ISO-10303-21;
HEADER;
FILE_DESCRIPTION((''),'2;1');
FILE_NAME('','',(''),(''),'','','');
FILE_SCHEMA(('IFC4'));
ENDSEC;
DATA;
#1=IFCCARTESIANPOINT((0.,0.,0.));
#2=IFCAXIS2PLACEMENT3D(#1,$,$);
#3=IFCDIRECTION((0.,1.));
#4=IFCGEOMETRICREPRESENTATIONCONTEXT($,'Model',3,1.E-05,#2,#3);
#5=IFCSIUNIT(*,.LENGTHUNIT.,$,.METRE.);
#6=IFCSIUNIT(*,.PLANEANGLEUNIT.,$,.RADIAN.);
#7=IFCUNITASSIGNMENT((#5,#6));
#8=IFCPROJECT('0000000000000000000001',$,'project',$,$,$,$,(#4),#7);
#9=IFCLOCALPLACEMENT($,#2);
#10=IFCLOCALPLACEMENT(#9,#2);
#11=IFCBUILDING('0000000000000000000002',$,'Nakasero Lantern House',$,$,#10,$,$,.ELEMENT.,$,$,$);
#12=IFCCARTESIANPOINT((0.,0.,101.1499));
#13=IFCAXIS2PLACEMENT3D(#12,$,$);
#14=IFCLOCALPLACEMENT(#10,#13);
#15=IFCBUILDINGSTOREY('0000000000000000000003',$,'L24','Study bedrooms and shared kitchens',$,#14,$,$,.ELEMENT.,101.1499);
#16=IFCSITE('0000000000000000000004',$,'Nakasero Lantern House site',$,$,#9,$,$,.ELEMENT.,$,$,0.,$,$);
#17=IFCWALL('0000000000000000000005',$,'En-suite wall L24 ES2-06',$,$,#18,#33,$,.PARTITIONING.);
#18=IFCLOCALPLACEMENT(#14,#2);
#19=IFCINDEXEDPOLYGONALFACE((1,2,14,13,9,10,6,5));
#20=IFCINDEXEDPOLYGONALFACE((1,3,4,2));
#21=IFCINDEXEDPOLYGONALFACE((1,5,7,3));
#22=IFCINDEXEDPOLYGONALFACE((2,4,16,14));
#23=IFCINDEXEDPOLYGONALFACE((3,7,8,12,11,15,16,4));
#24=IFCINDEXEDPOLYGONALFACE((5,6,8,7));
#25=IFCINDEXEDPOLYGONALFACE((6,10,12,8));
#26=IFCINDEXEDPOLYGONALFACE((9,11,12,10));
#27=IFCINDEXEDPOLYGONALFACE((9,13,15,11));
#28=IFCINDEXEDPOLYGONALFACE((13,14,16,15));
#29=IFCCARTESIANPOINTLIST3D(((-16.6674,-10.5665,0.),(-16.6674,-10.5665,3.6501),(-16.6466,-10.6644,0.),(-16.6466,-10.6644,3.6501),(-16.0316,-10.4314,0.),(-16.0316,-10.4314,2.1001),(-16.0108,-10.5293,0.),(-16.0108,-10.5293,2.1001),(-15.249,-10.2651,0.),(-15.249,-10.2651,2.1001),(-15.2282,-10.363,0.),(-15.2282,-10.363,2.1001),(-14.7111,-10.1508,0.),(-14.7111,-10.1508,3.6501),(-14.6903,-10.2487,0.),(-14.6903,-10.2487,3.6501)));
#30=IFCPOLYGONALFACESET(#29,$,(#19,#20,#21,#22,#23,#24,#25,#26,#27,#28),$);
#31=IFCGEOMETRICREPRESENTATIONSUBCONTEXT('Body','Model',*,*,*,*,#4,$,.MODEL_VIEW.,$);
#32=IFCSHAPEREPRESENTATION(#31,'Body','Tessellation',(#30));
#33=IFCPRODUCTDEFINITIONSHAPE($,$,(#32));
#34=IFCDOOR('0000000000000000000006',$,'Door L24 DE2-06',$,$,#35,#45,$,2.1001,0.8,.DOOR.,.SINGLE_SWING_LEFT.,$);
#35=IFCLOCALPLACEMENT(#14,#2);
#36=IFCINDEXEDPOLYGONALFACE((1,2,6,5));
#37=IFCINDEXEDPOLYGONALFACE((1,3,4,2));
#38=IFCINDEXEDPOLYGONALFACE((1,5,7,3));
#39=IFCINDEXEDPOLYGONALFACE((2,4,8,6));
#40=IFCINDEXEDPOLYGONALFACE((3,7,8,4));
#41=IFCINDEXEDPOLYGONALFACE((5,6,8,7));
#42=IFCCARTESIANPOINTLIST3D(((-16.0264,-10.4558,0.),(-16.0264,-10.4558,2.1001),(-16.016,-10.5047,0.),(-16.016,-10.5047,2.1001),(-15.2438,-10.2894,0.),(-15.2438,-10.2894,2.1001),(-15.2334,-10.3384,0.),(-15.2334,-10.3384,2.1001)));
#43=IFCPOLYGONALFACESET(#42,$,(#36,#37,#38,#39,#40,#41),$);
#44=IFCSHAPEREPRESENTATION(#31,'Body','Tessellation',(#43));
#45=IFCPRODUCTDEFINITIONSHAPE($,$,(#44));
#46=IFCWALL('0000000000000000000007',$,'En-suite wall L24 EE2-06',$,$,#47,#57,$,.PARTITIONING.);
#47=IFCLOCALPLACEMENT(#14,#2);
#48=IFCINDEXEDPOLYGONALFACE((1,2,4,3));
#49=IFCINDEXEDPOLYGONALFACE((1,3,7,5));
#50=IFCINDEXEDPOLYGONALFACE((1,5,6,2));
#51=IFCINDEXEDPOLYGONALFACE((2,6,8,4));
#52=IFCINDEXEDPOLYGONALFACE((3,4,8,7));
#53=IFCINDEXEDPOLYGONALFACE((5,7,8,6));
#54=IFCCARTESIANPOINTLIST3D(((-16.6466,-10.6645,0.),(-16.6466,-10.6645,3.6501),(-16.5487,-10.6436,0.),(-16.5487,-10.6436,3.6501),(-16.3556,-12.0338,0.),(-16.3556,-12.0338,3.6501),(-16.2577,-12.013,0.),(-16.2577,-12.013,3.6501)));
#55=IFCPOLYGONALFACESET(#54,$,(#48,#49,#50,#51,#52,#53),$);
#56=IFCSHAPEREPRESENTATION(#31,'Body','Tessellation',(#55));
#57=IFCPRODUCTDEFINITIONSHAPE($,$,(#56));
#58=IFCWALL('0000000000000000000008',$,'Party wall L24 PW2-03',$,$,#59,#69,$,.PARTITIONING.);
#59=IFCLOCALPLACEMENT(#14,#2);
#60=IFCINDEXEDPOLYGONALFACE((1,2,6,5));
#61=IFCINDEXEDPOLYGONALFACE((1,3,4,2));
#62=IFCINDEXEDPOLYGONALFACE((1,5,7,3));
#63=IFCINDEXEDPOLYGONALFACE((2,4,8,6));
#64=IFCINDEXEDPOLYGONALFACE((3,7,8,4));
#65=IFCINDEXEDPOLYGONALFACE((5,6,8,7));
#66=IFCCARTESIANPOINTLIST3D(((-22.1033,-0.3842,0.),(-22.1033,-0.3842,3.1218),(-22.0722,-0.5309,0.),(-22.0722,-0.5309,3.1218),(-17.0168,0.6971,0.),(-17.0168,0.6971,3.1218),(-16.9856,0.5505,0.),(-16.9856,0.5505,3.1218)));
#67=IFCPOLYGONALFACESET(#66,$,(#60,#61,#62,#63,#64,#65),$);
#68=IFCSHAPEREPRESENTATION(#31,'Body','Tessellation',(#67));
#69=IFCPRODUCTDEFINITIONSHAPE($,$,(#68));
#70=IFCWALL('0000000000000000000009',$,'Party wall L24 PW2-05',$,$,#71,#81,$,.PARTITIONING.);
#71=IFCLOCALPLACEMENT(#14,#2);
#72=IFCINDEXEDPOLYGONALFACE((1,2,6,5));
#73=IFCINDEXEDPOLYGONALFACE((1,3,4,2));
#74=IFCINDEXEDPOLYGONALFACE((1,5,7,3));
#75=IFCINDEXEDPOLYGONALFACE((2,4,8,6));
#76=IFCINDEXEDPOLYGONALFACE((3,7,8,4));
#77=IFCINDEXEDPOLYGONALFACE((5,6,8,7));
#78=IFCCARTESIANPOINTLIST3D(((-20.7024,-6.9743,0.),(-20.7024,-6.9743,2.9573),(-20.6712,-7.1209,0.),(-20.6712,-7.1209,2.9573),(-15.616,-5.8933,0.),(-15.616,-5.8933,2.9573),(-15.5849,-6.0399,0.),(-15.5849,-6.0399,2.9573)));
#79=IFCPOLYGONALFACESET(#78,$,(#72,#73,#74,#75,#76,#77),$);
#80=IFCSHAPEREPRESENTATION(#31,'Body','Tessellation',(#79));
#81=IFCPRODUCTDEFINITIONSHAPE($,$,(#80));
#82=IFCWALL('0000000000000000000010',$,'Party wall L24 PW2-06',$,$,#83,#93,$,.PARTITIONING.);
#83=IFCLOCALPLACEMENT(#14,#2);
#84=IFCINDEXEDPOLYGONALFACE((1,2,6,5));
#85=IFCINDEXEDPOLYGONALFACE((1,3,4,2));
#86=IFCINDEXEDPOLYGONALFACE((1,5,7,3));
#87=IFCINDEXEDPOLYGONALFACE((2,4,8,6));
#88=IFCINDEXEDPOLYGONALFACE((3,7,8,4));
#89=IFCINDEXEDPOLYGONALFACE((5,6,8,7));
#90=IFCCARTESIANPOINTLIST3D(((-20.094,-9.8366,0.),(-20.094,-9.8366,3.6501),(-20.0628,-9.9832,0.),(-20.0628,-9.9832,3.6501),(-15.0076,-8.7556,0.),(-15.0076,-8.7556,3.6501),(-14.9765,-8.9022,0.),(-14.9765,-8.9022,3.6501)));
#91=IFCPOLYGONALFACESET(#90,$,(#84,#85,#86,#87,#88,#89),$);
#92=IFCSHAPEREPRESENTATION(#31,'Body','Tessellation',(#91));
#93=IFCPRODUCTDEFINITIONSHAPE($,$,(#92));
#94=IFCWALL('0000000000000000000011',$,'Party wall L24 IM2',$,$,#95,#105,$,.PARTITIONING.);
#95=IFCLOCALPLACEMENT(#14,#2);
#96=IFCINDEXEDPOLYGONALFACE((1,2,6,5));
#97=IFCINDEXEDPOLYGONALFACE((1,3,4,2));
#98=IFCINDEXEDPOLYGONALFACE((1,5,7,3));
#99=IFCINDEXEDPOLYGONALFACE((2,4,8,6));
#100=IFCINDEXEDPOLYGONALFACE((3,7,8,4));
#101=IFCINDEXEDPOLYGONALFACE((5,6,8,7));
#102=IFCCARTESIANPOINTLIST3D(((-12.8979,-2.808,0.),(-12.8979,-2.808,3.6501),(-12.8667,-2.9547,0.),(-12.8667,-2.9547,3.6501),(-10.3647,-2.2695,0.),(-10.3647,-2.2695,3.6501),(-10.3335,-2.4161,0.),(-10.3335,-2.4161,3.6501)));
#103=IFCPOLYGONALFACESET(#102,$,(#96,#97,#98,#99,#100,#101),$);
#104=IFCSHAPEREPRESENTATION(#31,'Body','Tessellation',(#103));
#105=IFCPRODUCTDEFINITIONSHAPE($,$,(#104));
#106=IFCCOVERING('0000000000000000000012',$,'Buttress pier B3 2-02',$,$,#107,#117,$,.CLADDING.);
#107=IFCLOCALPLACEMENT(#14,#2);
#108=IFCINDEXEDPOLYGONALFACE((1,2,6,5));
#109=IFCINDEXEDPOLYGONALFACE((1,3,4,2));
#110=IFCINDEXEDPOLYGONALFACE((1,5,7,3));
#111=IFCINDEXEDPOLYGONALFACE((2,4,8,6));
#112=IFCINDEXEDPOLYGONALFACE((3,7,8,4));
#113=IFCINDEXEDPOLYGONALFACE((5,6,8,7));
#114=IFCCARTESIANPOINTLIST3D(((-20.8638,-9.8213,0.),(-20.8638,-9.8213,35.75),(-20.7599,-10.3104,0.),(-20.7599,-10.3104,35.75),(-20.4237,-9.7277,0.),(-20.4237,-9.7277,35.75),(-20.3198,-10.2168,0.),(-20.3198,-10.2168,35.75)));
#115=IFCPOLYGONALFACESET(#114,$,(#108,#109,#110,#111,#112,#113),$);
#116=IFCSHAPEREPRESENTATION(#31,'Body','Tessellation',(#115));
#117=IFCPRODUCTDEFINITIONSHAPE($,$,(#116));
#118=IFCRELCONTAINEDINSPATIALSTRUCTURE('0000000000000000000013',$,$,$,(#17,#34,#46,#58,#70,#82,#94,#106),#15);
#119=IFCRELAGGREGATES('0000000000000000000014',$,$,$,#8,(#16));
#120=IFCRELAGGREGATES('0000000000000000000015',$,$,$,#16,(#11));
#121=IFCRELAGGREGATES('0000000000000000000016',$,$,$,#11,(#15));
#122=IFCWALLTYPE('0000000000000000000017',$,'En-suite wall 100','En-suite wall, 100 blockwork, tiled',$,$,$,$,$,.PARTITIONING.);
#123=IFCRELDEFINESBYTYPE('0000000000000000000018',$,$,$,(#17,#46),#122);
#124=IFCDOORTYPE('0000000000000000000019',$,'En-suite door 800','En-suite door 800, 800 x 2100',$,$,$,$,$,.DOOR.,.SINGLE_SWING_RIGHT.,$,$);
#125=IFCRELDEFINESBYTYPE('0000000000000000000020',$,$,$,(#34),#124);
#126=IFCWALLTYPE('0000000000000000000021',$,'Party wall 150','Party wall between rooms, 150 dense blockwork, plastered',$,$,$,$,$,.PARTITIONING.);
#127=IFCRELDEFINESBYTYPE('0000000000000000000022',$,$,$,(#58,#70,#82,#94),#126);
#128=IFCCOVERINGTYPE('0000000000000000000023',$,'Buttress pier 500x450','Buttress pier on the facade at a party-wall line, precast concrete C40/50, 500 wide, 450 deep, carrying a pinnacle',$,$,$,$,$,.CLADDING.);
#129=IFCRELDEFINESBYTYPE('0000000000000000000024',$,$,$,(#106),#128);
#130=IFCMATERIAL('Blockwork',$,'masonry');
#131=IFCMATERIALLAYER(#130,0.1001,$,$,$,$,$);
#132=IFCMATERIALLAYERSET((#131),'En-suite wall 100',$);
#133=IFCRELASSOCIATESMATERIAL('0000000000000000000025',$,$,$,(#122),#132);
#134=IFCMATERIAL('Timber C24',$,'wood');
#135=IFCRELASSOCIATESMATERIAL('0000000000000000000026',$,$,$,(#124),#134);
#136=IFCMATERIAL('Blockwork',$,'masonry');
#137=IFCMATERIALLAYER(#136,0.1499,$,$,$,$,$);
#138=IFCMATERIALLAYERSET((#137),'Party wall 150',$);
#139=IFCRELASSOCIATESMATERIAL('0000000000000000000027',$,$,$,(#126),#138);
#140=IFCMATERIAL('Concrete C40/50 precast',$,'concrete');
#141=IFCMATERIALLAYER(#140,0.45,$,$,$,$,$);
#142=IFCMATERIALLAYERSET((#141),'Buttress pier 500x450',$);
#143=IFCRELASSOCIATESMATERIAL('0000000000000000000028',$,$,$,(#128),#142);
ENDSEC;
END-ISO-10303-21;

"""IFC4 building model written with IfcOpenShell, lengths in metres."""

from ifc_helpers import new_model, si_unit, direction, frame, frame_2d, origin, origin_2d, place, context, subcontext, project, spatial, rectangle, extrude, material, layer, layer_set, type_object, element, fill, save


model = new_model("IFC4")

# Units and contexts
model_context = context("Model", 3, precision=1e-05, world=origin(), true_north=direction((0.0, 1.0)))
body_context = subcontext(model_context, "Body", "Model", "MODEL_VIEW")
ifc_project = project(units=[si_unit("LENGTHUNIT", "METRE"), si_unit("PLANEANGLEUNIT", "RADIAN")], contexts=[model_context])

# Site, building, storey
site_placement = place(None, origin())
site = spatial("IfcSite", under=ifc_project, at=site_placement, Name="Nakasero Lantern House site", CompositionType="ELEMENT", RefElevation=0.0)
building_placement = place(site_placement, origin())
building = spatial("IfcBuilding", under=site, at=building_placement, Name="Nakasero Lantern House", CompositionType="ELEMENT")
storey_placement = place(building_placement, frame((0.0, 0.0, 101.1499)))
storey = spatial("IfcBuildingStorey", under=building, at=storey_placement, Name="L24", Description="Study bedrooms and shared kitchens", CompositionType="ELEMENT", Elevation=101.1499)

# Shared definitions
ifc_material_1 = material(Name="Blockwork", Category="masonry")
ifc_layer_1 = layer(ifc_material_1, 0.1001)
ifc_layer_set_1 = layer_set([ifc_layer_1], Name="En-suite wall 100")
wall_type_1 = type_object("IfcWallType", Name="En-suite wall 100", Description="En-suite wall, 100 blockwork, tiled", PredefinedType="PARTITIONING", material=ifc_layer_set_1)

# Shared definitions
ifc_material_2 = material(Name="Timber C24", Category="wood")
door_type = type_object("IfcDoorType", Name="En-suite door 800", Description="En-suite door 800, 800 x 2100", OperationType="SINGLE_SWING_RIGHT", PredefinedType="DOOR", material=ifc_material_2)

# Wall, opening, door
wall_1_placement = place(storey_placement, frame((-14.7007, -10.1997, 0.0), z_axis=(0.0, 0.0, 1.0), x_axis=(-0.978153, -0.207886, 0.0)))
wall_1 = element("IfcWall", 1, at=wall_1_placement, inside=storey, type_object=wall_type_1, Name="En-suite wall L24 ES2-06", PredefinedType="PARTITIONING", context=body_context, shape_type="SweptSolid", body=[
    extrude(rectangle(XDim=2.0, YDim=0.1001, at=frame_2d((1.0, 0.0))), origin(), (0.0, 0.0, 1.0), 3.6501),
])
opening_1_placement = place(wall_1_placement, frame((0.55, 0.0, 0.0)))
opening_1 = element("IfcOpeningElement", 2, at=opening_1_placement, cuts=wall_1, PredefinedType="OPENING", context=body_context, shape_type="SweptSolid", body=[
    extrude(rectangle(XDim=0.8, YDim=2.1001, at=frame_2d((0.3999, 1.05))), frame((0.0, 0.0701, 0.0), z_axis=(0.0, -1.0, 0.0), x_axis=(1.0, 0.0, 0.0)), (0.0, 0.0, 1.0), 0.1401),
])
door_1_placement = place(opening_1_placement, origin())
door_1 = element("IfcDoor", 3, at=door_1_placement, inside=storey, type_object=door_type, Name="Door L24 DE2-06", OperationType="SINGLE_SWING_LEFT", OverallHeight=2.1001, OverallWidth=0.8, PredefinedType="DOOR", context=body_context, shape_type="SweptSolid", body=[
    extrude(rectangle(XDim=0.8, YDim=2.1001, at=frame_2d((0.3999, 1.05))), frame((0.0, 0.0249, 0.0), z_axis=(0.0, -1.0, 0.0), x_axis=(1.0, 0.0, 0.0)), (0.0, 0.0, 1.0), 0.05),
])
fill(opening_1, door_1)

# Walls
wall_2_placement = place(storey_placement, frame((-16.5977, -10.6541, 0.0), z_axis=(0.0, 0.0, 1.0), x_axis=(0.207873, -0.978156, 0.0)))
element("IfcWall", 4, at=wall_2_placement, inside=storey, type_object=wall_type_1, Name="En-suite wall L24 EE2-06", PredefinedType="PARTITIONING", context=body_context, shape_type="SweptSolid", body=[
    extrude(rectangle(XDim=1.3999, YDim=0.1001, at=frame_2d((0.7, 0.0))), origin(), (0.0, 0.0, 1.0), 3.6501),
])
ifc_material_3 = material(Name="Blockwork", Category="masonry")
ifc_layer_2 = layer(ifc_material_3, 0.1499)
ifc_layer_set_2 = layer_set([ifc_layer_2], Name="Party wall 150")
wall_type_2 = type_object("IfcWallType", Name="Party wall 150", Description="Party wall between rooms, 150 dense blockwork, plastered", PredefinedType="PARTITIONING", material=ifc_layer_set_2)
wall_3_placement = place(storey_placement, frame((-17.0012, 0.6238, 0.0), z_axis=(0.0, 0.0, 1.0), x_axis=(-0.978142, -0.207938, 0.0)))
element("IfcWall", 5, at=wall_3_placement, inside=storey, type_object=wall_type_2, Name="Party wall L24 PW2-03", PredefinedType="PARTITIONING", context=body_context, shape_type="SweptSolid", body=[
    extrude(rectangle(XDim=5.2002, YDim=0.1499, at=frame_2d((2.6001, 0.0))), origin(), (0.0, 0.0, 1.0), 3.1218),
])
wall_4_placement = place(storey_placement, frame((-15.6003, -5.9666, 0.0), z_axis=(0.0, 0.0, 1.0), x_axis=(-0.978151, -0.207894, 0.0)))
element("IfcWall", 6, at=wall_4_placement, inside=storey, type_object=wall_type_2, Name="Party wall L24 PW2-05", PredefinedType="PARTITIONING", context=body_context, shape_type="SweptSolid", body=[
    extrude(rectangle(XDim=5.2, YDim=0.1499, at=frame_2d((2.6001, 0.0))), origin(), (0.0, 0.0, 1.0), 2.9573),
])
wall_5_placement = place(storey_placement, frame((-14.9919, -8.8289, 0.0), z_axis=(0.0, 0.0, 1.0), x_axis=(-0.978151, -0.207894, 0.0)))
element("IfcWall", 7, at=wall_5_placement, inside=storey, type_object=wall_type_2, Name="Party wall L24 PW2-06", PredefinedType="PARTITIONING", context=body_context, shape_type="SweptSolid", body=[
    extrude(rectangle(XDim=5.2, YDim=0.1499, at=frame_2d((2.6001, 0.0))), origin(), (0.0, 0.0, 1.0), 3.6501),
])
wall_6_placement = place(storey_placement, frame((-12.8823, -2.8813, 0.0), z_axis=(0.0, 0.0, 1.0), x_axis=(0.978138, 0.207958, 0.0)))
element("IfcWall", 8, at=wall_6_placement, inside=storey, type_object=wall_type_2, Name="Party wall L24 IM2", PredefinedType="PARTITIONING", context=body_context, shape_type="SweptSolid", body=[
    extrude(rectangle(XDim=2.5898, YDim=0.1499, at=frame_2d((1.2949, 0.0))), origin(), (0.0, 0.0, 1.0), 3.6501),
])

# Covering
ifc_material_4 = material(Name="Concrete C40/50 precast", Category="concrete")
ifc_layer_3 = layer(ifc_material_4, 0.45)
ifc_layer_set_3 = layer_set([ifc_layer_3], Name="Buttress pier 500x450")
covering_type = type_object("IfcCoveringType", Name="Buttress pier 500x450", Description="Buttress pier on the facade at a party-wall line, precast concrete C40/50, 500 wide, 450 deep, carrying a pinnacle", PredefinedType="CLADDING", material=ifc_layer_set_3)
covering_placement = place(storey_placement, frame((-20.5918, -10.019, 0.0), z_axis=(0.0, 0.0, 1.0), x_axis=(-0.978148, -0.207912, 0.0)))
element("IfcCovering", 9, at=covering_placement, inside=storey, type_object=covering_type, Name="Buttress pier B3 2-02", PredefinedType="CLADDING", context=body_context, shape_type="SweptSolid", body=[
    extrude(rectangle(XDim=0.45, YDim=0.5, at=origin_2d()), origin(), (0.0, 0.0, 1.0), 35.75),
])

save(model, "model.ifc")
